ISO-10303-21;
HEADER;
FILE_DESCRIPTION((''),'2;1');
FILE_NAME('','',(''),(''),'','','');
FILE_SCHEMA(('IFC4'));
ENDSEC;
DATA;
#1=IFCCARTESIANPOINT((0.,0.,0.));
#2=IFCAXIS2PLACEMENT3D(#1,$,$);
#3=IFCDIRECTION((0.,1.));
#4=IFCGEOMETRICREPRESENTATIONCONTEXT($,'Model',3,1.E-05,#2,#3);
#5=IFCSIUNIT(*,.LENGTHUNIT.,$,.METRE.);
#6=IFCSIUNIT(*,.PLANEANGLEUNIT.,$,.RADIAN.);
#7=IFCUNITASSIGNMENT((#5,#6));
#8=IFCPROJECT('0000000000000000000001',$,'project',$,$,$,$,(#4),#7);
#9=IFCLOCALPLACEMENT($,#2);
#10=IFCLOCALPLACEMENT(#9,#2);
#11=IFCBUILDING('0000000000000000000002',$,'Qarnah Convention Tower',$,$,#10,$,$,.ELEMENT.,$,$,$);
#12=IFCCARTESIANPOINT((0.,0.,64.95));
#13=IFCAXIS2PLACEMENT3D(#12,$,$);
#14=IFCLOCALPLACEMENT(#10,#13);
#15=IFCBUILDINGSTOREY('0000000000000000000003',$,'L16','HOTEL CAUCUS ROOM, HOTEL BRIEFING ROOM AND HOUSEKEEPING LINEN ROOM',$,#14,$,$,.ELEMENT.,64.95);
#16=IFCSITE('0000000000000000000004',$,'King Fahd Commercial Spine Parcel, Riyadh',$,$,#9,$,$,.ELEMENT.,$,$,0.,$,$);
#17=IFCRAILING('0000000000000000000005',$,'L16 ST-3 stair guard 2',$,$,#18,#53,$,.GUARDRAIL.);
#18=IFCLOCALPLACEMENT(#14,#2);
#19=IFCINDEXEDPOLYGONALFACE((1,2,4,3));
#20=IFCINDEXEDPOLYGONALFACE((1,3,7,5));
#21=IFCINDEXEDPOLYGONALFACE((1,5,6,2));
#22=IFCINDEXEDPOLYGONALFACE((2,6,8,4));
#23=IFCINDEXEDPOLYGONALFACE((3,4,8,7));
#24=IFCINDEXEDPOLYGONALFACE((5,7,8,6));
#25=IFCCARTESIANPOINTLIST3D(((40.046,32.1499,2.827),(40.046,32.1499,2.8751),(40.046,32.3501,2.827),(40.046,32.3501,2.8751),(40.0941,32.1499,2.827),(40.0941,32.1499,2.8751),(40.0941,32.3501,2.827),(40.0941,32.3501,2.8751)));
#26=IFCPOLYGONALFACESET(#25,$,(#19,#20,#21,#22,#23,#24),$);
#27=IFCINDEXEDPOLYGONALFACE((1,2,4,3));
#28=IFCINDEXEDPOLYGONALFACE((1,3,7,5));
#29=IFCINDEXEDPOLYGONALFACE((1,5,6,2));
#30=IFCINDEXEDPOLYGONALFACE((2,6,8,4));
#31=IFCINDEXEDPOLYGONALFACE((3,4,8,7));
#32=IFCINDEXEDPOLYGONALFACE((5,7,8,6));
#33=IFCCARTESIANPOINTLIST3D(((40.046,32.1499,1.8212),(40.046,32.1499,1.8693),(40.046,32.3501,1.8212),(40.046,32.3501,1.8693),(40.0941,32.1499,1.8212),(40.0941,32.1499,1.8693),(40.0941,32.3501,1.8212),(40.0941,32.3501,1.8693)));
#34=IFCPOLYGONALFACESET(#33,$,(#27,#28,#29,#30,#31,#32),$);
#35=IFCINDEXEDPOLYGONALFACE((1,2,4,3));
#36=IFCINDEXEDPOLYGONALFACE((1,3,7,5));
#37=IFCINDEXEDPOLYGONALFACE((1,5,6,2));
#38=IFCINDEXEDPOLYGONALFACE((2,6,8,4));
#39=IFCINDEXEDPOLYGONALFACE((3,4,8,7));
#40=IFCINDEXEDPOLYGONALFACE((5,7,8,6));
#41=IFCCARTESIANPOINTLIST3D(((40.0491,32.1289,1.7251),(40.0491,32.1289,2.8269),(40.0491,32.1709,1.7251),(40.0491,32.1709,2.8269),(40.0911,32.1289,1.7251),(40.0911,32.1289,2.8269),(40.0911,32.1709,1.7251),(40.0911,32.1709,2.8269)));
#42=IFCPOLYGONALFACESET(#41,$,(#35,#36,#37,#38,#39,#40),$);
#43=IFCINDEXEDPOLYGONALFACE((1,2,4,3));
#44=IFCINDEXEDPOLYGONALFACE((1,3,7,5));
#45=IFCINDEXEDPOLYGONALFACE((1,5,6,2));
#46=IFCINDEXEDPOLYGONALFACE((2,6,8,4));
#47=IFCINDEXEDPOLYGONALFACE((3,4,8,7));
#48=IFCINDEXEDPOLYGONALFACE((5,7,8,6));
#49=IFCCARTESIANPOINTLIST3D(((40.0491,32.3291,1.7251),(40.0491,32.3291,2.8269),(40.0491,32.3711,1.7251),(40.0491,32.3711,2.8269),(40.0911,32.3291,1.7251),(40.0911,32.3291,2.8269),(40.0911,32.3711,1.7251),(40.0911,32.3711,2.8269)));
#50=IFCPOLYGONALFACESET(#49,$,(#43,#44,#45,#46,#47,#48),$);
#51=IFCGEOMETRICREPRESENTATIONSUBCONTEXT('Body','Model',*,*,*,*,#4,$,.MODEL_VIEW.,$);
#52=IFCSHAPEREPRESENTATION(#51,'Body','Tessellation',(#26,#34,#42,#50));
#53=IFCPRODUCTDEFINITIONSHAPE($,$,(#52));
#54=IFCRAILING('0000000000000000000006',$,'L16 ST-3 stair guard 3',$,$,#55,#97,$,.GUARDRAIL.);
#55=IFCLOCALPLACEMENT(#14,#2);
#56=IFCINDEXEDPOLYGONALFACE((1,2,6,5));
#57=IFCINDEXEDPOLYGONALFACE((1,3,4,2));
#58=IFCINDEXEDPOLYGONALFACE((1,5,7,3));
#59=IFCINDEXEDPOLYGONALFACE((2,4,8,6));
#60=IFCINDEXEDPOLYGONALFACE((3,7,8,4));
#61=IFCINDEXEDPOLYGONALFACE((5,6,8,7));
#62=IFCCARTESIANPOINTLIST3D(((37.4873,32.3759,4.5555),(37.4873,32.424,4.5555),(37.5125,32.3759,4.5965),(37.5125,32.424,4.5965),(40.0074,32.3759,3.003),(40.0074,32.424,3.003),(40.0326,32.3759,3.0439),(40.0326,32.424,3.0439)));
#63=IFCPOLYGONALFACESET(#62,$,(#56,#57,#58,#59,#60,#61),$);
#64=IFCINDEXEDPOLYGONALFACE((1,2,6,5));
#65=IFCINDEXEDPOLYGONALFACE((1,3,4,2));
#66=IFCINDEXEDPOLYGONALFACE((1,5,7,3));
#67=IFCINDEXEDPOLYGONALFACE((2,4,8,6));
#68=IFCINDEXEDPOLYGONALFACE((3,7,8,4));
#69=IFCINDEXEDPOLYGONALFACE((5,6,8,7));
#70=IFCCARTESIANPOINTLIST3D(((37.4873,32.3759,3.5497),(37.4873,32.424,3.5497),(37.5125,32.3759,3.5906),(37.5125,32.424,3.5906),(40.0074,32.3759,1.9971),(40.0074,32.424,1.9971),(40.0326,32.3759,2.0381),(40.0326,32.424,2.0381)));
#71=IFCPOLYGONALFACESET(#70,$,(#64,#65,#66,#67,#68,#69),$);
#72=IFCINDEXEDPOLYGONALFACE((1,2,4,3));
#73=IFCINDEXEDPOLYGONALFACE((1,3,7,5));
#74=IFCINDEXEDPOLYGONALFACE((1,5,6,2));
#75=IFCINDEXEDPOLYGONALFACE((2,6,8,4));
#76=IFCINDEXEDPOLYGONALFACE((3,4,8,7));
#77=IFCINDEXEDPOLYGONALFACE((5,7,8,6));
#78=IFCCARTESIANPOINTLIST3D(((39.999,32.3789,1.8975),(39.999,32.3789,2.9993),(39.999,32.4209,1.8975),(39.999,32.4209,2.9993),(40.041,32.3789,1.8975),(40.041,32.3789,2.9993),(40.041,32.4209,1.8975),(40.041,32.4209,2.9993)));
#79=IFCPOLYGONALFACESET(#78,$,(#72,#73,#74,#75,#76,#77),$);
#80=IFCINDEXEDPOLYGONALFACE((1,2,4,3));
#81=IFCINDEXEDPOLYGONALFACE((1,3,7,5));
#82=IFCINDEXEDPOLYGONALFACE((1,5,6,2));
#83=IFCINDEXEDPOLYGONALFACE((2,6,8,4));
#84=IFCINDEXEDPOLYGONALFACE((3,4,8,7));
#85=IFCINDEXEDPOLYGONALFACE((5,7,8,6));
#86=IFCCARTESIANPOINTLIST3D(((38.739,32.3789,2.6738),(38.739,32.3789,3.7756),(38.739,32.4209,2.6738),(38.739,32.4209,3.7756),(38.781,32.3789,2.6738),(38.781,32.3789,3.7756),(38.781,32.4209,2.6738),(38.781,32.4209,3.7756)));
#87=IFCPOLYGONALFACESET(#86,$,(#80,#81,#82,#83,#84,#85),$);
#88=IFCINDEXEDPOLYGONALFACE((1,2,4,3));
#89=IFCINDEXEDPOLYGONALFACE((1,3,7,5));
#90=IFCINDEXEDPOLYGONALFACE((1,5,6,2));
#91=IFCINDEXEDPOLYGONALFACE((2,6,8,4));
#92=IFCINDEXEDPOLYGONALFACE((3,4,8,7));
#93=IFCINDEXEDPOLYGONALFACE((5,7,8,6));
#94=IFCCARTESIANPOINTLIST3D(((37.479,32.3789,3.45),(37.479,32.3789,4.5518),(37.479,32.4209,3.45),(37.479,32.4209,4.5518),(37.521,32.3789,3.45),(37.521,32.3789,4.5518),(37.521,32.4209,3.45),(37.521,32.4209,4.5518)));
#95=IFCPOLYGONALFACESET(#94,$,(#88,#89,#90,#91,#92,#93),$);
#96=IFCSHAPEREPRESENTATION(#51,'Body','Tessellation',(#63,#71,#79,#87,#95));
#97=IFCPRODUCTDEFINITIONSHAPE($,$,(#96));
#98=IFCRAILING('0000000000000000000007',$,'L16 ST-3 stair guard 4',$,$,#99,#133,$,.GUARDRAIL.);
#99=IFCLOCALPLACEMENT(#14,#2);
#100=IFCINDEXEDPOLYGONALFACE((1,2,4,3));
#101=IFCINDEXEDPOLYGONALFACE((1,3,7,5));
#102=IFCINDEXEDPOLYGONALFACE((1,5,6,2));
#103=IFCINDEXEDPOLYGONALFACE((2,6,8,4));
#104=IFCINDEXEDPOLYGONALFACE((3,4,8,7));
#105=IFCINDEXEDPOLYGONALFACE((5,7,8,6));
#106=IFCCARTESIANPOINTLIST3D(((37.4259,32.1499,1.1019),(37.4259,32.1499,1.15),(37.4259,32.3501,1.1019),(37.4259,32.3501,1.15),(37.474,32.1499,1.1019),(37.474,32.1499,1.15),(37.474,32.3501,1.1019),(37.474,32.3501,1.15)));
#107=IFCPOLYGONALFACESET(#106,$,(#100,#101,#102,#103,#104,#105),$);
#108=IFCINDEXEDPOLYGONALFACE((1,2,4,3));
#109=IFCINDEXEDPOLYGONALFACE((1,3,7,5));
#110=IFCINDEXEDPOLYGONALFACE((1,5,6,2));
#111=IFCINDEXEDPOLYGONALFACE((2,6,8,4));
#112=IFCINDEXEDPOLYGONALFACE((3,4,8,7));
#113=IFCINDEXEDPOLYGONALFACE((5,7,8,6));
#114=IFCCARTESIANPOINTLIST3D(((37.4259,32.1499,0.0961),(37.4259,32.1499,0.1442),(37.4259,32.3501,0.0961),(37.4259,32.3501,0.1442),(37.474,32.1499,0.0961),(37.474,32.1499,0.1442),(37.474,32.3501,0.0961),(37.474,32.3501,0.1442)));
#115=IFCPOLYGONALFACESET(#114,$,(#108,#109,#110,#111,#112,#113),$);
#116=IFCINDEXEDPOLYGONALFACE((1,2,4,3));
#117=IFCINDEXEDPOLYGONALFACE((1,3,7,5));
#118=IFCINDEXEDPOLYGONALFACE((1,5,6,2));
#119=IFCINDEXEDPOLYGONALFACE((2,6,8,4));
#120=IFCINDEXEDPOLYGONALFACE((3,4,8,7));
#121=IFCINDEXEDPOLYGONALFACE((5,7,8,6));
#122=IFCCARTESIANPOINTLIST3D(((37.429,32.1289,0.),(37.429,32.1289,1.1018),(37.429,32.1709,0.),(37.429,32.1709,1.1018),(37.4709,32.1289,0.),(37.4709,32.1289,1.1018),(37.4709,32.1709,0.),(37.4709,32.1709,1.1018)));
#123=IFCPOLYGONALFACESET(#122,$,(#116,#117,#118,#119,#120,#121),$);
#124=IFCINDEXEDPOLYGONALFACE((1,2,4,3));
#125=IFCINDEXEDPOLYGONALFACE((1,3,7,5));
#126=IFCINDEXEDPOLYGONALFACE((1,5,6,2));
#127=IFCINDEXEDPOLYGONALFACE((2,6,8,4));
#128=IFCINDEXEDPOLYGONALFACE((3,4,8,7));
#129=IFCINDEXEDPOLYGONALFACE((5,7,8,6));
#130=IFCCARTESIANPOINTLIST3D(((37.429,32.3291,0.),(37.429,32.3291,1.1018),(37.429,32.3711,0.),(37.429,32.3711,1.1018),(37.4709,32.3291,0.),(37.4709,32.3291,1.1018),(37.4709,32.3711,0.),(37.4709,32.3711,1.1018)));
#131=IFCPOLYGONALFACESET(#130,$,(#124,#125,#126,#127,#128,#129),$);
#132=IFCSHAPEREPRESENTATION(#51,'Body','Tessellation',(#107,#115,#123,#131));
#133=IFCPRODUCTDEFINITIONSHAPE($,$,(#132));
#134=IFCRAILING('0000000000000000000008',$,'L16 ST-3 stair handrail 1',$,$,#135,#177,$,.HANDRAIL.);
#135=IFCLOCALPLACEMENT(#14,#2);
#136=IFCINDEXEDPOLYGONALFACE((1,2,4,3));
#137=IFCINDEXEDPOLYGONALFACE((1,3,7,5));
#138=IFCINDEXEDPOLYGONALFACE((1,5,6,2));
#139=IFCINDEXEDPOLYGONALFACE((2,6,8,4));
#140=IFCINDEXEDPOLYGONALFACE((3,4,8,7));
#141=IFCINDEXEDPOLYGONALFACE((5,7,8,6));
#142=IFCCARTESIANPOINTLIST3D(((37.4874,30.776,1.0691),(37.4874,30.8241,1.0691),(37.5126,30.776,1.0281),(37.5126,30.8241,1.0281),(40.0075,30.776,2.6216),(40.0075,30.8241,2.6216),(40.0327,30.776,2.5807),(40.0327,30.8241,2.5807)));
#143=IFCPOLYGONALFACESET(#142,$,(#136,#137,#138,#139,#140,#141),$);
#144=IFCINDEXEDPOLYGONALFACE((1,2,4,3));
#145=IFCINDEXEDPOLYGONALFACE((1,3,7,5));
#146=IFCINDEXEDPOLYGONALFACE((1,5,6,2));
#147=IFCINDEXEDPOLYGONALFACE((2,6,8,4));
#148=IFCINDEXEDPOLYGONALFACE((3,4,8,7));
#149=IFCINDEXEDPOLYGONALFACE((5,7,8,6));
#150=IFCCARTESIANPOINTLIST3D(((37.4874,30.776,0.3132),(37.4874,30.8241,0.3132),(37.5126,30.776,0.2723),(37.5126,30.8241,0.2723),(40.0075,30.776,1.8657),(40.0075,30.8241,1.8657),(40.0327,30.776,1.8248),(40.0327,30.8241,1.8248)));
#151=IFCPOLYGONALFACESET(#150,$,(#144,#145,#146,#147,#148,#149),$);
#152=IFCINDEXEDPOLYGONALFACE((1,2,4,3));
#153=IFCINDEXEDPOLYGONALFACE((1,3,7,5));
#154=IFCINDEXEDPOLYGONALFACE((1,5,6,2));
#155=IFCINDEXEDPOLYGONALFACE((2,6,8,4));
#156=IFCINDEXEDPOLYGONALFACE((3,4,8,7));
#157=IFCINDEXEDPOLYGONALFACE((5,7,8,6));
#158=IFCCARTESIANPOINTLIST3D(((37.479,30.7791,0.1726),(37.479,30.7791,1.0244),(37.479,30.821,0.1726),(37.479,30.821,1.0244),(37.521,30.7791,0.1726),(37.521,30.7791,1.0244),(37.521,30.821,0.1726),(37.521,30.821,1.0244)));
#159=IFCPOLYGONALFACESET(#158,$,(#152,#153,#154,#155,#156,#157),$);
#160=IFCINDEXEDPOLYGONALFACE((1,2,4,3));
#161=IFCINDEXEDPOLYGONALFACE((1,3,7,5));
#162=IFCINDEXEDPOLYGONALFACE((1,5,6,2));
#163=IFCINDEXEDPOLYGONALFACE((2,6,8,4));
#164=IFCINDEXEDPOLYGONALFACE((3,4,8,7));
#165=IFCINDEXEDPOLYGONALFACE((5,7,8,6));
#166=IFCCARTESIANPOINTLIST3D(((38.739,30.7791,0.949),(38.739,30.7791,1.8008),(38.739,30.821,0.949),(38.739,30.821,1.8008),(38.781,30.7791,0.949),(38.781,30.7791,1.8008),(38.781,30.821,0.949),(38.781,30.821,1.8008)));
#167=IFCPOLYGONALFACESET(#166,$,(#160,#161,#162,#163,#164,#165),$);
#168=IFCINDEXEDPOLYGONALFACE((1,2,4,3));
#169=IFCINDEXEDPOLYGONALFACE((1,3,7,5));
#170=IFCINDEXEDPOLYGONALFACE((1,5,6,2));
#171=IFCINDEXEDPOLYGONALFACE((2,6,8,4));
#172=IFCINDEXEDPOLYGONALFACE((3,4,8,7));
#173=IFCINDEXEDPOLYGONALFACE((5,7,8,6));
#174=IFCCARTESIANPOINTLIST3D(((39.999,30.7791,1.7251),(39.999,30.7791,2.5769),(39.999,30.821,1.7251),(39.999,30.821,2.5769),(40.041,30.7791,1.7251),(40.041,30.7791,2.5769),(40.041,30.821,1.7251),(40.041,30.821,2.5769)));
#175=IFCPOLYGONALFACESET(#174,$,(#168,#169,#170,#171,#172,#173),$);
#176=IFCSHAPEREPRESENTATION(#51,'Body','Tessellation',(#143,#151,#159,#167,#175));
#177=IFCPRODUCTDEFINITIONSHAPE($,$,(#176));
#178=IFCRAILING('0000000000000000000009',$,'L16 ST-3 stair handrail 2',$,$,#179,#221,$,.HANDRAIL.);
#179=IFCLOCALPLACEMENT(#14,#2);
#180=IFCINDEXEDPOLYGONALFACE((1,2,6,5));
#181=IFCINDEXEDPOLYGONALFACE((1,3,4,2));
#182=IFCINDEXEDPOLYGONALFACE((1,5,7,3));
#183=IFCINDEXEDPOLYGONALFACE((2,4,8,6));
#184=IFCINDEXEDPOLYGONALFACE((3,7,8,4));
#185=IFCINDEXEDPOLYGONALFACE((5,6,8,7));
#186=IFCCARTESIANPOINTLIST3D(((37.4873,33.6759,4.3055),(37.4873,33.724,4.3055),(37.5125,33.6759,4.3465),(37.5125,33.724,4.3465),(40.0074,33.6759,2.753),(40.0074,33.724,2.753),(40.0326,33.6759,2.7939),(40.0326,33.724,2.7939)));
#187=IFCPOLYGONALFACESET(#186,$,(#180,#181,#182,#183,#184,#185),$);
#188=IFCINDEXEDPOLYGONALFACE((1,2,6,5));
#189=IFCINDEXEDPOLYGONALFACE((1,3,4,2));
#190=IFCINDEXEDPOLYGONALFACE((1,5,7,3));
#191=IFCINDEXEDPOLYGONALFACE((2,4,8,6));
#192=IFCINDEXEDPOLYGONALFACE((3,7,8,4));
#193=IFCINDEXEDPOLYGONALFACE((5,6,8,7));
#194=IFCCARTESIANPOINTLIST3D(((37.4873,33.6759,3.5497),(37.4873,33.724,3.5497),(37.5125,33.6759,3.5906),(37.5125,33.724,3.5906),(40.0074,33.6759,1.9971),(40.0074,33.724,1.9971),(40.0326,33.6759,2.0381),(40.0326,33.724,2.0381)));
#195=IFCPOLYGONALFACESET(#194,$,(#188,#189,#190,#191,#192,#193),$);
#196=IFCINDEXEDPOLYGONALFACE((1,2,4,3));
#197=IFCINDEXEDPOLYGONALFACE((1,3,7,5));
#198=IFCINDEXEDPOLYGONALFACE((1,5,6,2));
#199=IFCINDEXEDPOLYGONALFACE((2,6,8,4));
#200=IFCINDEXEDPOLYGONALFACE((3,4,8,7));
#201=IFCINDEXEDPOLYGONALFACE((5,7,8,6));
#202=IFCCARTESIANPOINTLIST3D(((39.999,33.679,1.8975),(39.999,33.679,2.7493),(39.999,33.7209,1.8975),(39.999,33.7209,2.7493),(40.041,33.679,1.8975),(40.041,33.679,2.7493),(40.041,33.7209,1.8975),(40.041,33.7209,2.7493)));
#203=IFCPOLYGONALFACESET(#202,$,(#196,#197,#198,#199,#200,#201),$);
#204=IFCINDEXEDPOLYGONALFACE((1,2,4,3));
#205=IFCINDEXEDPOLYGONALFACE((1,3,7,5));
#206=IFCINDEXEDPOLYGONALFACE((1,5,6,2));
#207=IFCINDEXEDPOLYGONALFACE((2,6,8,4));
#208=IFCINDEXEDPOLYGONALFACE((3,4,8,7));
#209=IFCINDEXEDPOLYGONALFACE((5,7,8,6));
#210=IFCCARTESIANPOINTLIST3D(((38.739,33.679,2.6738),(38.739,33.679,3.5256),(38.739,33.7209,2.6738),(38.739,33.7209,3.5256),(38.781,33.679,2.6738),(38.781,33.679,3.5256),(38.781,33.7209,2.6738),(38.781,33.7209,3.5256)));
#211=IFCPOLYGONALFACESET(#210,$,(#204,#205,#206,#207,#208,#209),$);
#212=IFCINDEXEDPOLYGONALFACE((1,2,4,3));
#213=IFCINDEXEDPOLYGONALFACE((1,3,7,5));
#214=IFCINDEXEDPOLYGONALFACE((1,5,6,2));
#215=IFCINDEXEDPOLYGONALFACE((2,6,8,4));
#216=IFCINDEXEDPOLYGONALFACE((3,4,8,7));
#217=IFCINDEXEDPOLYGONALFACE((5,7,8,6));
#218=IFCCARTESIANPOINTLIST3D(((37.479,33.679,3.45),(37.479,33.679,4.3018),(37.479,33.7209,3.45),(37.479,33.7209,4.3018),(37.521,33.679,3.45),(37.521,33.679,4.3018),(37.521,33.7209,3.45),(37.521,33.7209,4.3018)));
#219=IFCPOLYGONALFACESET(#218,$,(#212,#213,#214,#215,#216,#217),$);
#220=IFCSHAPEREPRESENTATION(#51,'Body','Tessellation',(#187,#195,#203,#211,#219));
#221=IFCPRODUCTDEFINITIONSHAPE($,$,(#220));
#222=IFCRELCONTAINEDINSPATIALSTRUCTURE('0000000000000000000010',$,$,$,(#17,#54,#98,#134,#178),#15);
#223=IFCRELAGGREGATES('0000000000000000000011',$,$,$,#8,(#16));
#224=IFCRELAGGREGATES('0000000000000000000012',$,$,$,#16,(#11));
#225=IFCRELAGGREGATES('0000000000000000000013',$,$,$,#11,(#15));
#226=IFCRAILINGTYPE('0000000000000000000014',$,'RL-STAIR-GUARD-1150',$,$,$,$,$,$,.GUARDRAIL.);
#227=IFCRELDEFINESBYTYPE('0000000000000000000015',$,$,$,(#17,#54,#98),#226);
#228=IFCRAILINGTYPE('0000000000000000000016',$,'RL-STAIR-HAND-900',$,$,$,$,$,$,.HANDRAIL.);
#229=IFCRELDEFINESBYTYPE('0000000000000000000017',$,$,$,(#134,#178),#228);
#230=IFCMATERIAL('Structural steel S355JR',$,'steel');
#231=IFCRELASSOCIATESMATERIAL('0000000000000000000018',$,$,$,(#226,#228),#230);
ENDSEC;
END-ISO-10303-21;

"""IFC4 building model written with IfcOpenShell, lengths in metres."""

from ifc_helpers import new_model, si_unit, direction, frame, origin, origin_2d, place, context, subcontext, project, spatial, rectangle, extrude, material, type_object, element, save


model = new_model("IFC4")

# Units and contexts
model_context = context("Model", 3, precision=1e-05, world=origin(), true_north=direction((0.0, 1.0)))
body_context = subcontext(model_context, "Body", "Model", "MODEL_VIEW")
ifc_project = project(units=[si_unit("LENGTHUNIT", "METRE"), si_unit("PLANEANGLEUNIT", "RADIAN")], contexts=[model_context])

# Site, building, storey
site_placement = place(None, origin())
site = spatial("IfcSite", under=ifc_project, at=site_placement, Name="King Fahd Commercial Spine Parcel, Riyadh", CompositionType="ELEMENT", RefElevation=0.0)
building_placement = place(site_placement, origin())
building = spatial("IfcBuilding", under=site, at=building_placement, Name="Qarnah Convention Tower", CompositionType="ELEMENT")
storey_placement = place(building_placement, frame((0.0, 0.0, 64.95)))
storey = spatial("IfcBuildingStorey", under=building, at=storey_placement, Name="L16", Description="HOTEL CAUCUS ROOM, HOTEL BRIEFING ROOM AND HOUSEKEEPING LINEN ROOM", CompositionType="ELEMENT", Elevation=64.95)

# Shared definitions
ifc_material_1 = material(Name="Structural steel S355JR", Category="steel")

# Railings
railing_type_1 = type_object("IfcRailingType", Name="RL-STAIR-GUARD-1150", PredefinedType="GUARDRAIL", material=ifc_material_1)
railing_1_placement = place(storey_placement, frame((40.0701, 32.1499, 1.7251)))
element("IfcRailing", 1, at=railing_1_placement, inside=storey, type_object=railing_type_1, Name="L16 ST-3 stair guard 2", PredefinedType="GUARDRAIL", context=body_context, shape_type="SweptSolid", body=[
    extrude(rectangle(XDim=0.0481, YDim=0.0481, at=origin_2d()), frame((0.0, 0.0, 1.126), z_axis=(0.0, 1.0, 0.0), x_axis=(-1.0, 0.0, 0.0)), (0.0, 0.0, 1.0), 0.2002),
    extrude(rectangle(XDim=0.0481, YDim=0.0481, at=origin_2d()), frame((0.0, 0.0, 0.1201), z_axis=(0.0, 1.0, 0.0), x_axis=(-1.0, 0.0, 0.0)), (0.0, 0.0, 1.0), 0.2002),
    extrude(rectangle(XDim=0.042, YDim=0.042, at=origin_2d()), origin(), (0.0, 0.0, 1.0), 1.1018),
    extrude(rectangle(XDim=0.042, YDim=0.042, at=origin_2d()), frame((0.0, 0.2002, 0.0)), (0.0, 0.0, 1.0), 1.1018),
])
railing_2_placement = place(storey_placement, frame((40.02, 32.3999, 1.8975)))
element("IfcRailing", 2, at=railing_2_placement, inside=storey, type_object=railing_type_1, Name="L16 ST-3 stair guard 3", PredefinedType="GUARDRAIL", context=body_context, shape_type="SweptSolid", body=[
    extrude(rectangle(XDim=0.0481, YDim=0.0481, at=origin_2d()), frame((0.0, 0.0, 1.126), z_axis=(-0.8514, 0.0, 0.524516), x_axis=(0.0, -1.0, 0.0)), (0.0, 0.0, 1.0), 2.96),
    extrude(rectangle(XDim=0.0481, YDim=0.0481, at=origin_2d()), frame((0.0, 0.0, 0.1201), z_axis=(-0.8514, 0.0, 0.524516), x_axis=(0.0, -1.0, 0.0)), (0.0, 0.0, 1.0), 2.96),
    extrude(rectangle(XDim=0.042, YDim=0.042, at=origin_2d()), origin(), (0.0, 0.0, 1.0), 1.1018),
    extrude(rectangle(XDim=0.042, YDim=0.042, at=origin_2d()), frame((-1.26, 0.0, 0.7764)), (0.0, 0.0, 1.0), 1.1018),
    extrude(rectangle(XDim=0.042, YDim=0.042, at=origin_2d()), frame((-2.52, 0.0, 1.5525)), (0.0, 0.0, 1.0), 1.1018),
])
railing_3_placement = place(storey_placement, frame((37.45, 32.1499, 0.0)))
element("IfcRailing", 3, at=railing_3_placement, inside=storey, type_object=railing_type_1, Name="L16 ST-3 stair guard 4", PredefinedType="GUARDRAIL", context=body_context, shape_type="SweptSolid", body=[
    extrude(rectangle(XDim=0.0481, YDim=0.0481, at=origin_2d()), frame((0.0, 0.0, 1.126), z_axis=(0.0, 1.0, 0.0), x_axis=(-1.0, 0.0, 0.0)), (0.0, 0.0, 1.0), 0.2002),
    extrude(rectangle(XDim=0.0481, YDim=0.0481, at=origin_2d()), frame((0.0, 0.0, 0.1201), z_axis=(0.0, 1.0, 0.0), x_axis=(-1.0, 0.0, 0.0)), (0.0, 0.0, 1.0), 0.2002),
    extrude(rectangle(XDim=0.042, YDim=0.042, at=origin_2d()), origin(), (0.0, 0.0, 1.0), 1.1018),
    extrude(rectangle(XDim=0.042, YDim=0.042, at=origin_2d()), frame((0.0, 0.2002, 0.0)), (0.0, 0.0, 1.0), 1.1018),
])
railing_type_2 = type_object("IfcRailingType", Name="RL-STAIR-HAND-900", PredefinedType="HANDRAIL", material=ifc_material_1)
railing_4_placement = place(storey_placement, frame((37.5, 30.8, 0.1726)))
element("IfcRailing", 4, at=railing_4_placement, inside=storey, type_object=railing_type_2, Name="L16 ST-3 stair handrail 1", PredefinedType="HANDRAIL", context=body_context, shape_type="SweptSolid", body=[
    extrude(rectangle(XDim=0.0481, YDim=0.0481, at=origin_2d()), frame((0.0, 0.0, 0.876), z_axis=(0.8514, 0.0, 0.524516), x_axis=(0.0, 1.0, 0.0)), (0.0, 0.0, 1.0), 2.96),
    extrude(rectangle(XDim=0.0481, YDim=0.0481, at=origin_2d()), frame((0.0, 0.0, 0.1201), z_axis=(0.8514, 0.0, 0.524516), x_axis=(0.0, 1.0, 0.0)), (0.0, 0.0, 1.0), 2.96),
    extrude(rectangle(XDim=0.042, YDim=0.042, at=origin_2d()), origin(), (0.0, 0.0, 1.0), 0.8518),
    extrude(rectangle(XDim=0.042, YDim=0.042, at=origin_2d()), frame((1.26, 0.0, 0.7764)), (0.0, 0.0, 1.0), 0.8518),
    extrude(rectangle(XDim=0.042, YDim=0.042, at=origin_2d()), frame((2.52, 0.0, 1.5525)), (0.0, 0.0, 1.0), 0.8518),
])
railing_5_placement = place(storey_placement, frame((40.02, 33.7, 1.8975)))
element("IfcRailing", 5, at=railing_5_placement, inside=storey, type_object=railing_type_2, Name="L16 ST-3 stair handrail 2", PredefinedType="HANDRAIL", context=body_context, shape_type="SweptSolid", body=[
    extrude(rectangle(XDim=0.0481, YDim=0.0481, at=origin_2d()), frame((0.0, 0.0, 0.876), z_axis=(-0.8514, 0.0, 0.524516), x_axis=(0.0, -1.0, 0.0)), (0.0, 0.0, 1.0), 2.96),
    extrude(rectangle(XDim=0.0481, YDim=0.0481, at=origin_2d()), frame((0.0, 0.0, 0.1201), z_axis=(-0.8514, 0.0, 0.524516), x_axis=(0.0, -1.0, 0.0)), (0.0, 0.0, 1.0), 2.96),
    extrude(rectangle(XDim=0.042, YDim=0.042, at=origin_2d()), origin(), (0.0, 0.0, 1.0), 0.8518),
    extrude(rectangle(XDim=0.042, YDim=0.042, at=origin_2d()), frame((-1.26, 0.0, 0.7764)), (0.0, 0.0, 1.0), 0.8518),
    extrude(rectangle(XDim=0.042, YDim=0.042, at=origin_2d()), frame((-2.52, 0.0, 1.5525)), (0.0, 0.0, 1.0), 0.8518),
])

save(model, "model.ifc")
